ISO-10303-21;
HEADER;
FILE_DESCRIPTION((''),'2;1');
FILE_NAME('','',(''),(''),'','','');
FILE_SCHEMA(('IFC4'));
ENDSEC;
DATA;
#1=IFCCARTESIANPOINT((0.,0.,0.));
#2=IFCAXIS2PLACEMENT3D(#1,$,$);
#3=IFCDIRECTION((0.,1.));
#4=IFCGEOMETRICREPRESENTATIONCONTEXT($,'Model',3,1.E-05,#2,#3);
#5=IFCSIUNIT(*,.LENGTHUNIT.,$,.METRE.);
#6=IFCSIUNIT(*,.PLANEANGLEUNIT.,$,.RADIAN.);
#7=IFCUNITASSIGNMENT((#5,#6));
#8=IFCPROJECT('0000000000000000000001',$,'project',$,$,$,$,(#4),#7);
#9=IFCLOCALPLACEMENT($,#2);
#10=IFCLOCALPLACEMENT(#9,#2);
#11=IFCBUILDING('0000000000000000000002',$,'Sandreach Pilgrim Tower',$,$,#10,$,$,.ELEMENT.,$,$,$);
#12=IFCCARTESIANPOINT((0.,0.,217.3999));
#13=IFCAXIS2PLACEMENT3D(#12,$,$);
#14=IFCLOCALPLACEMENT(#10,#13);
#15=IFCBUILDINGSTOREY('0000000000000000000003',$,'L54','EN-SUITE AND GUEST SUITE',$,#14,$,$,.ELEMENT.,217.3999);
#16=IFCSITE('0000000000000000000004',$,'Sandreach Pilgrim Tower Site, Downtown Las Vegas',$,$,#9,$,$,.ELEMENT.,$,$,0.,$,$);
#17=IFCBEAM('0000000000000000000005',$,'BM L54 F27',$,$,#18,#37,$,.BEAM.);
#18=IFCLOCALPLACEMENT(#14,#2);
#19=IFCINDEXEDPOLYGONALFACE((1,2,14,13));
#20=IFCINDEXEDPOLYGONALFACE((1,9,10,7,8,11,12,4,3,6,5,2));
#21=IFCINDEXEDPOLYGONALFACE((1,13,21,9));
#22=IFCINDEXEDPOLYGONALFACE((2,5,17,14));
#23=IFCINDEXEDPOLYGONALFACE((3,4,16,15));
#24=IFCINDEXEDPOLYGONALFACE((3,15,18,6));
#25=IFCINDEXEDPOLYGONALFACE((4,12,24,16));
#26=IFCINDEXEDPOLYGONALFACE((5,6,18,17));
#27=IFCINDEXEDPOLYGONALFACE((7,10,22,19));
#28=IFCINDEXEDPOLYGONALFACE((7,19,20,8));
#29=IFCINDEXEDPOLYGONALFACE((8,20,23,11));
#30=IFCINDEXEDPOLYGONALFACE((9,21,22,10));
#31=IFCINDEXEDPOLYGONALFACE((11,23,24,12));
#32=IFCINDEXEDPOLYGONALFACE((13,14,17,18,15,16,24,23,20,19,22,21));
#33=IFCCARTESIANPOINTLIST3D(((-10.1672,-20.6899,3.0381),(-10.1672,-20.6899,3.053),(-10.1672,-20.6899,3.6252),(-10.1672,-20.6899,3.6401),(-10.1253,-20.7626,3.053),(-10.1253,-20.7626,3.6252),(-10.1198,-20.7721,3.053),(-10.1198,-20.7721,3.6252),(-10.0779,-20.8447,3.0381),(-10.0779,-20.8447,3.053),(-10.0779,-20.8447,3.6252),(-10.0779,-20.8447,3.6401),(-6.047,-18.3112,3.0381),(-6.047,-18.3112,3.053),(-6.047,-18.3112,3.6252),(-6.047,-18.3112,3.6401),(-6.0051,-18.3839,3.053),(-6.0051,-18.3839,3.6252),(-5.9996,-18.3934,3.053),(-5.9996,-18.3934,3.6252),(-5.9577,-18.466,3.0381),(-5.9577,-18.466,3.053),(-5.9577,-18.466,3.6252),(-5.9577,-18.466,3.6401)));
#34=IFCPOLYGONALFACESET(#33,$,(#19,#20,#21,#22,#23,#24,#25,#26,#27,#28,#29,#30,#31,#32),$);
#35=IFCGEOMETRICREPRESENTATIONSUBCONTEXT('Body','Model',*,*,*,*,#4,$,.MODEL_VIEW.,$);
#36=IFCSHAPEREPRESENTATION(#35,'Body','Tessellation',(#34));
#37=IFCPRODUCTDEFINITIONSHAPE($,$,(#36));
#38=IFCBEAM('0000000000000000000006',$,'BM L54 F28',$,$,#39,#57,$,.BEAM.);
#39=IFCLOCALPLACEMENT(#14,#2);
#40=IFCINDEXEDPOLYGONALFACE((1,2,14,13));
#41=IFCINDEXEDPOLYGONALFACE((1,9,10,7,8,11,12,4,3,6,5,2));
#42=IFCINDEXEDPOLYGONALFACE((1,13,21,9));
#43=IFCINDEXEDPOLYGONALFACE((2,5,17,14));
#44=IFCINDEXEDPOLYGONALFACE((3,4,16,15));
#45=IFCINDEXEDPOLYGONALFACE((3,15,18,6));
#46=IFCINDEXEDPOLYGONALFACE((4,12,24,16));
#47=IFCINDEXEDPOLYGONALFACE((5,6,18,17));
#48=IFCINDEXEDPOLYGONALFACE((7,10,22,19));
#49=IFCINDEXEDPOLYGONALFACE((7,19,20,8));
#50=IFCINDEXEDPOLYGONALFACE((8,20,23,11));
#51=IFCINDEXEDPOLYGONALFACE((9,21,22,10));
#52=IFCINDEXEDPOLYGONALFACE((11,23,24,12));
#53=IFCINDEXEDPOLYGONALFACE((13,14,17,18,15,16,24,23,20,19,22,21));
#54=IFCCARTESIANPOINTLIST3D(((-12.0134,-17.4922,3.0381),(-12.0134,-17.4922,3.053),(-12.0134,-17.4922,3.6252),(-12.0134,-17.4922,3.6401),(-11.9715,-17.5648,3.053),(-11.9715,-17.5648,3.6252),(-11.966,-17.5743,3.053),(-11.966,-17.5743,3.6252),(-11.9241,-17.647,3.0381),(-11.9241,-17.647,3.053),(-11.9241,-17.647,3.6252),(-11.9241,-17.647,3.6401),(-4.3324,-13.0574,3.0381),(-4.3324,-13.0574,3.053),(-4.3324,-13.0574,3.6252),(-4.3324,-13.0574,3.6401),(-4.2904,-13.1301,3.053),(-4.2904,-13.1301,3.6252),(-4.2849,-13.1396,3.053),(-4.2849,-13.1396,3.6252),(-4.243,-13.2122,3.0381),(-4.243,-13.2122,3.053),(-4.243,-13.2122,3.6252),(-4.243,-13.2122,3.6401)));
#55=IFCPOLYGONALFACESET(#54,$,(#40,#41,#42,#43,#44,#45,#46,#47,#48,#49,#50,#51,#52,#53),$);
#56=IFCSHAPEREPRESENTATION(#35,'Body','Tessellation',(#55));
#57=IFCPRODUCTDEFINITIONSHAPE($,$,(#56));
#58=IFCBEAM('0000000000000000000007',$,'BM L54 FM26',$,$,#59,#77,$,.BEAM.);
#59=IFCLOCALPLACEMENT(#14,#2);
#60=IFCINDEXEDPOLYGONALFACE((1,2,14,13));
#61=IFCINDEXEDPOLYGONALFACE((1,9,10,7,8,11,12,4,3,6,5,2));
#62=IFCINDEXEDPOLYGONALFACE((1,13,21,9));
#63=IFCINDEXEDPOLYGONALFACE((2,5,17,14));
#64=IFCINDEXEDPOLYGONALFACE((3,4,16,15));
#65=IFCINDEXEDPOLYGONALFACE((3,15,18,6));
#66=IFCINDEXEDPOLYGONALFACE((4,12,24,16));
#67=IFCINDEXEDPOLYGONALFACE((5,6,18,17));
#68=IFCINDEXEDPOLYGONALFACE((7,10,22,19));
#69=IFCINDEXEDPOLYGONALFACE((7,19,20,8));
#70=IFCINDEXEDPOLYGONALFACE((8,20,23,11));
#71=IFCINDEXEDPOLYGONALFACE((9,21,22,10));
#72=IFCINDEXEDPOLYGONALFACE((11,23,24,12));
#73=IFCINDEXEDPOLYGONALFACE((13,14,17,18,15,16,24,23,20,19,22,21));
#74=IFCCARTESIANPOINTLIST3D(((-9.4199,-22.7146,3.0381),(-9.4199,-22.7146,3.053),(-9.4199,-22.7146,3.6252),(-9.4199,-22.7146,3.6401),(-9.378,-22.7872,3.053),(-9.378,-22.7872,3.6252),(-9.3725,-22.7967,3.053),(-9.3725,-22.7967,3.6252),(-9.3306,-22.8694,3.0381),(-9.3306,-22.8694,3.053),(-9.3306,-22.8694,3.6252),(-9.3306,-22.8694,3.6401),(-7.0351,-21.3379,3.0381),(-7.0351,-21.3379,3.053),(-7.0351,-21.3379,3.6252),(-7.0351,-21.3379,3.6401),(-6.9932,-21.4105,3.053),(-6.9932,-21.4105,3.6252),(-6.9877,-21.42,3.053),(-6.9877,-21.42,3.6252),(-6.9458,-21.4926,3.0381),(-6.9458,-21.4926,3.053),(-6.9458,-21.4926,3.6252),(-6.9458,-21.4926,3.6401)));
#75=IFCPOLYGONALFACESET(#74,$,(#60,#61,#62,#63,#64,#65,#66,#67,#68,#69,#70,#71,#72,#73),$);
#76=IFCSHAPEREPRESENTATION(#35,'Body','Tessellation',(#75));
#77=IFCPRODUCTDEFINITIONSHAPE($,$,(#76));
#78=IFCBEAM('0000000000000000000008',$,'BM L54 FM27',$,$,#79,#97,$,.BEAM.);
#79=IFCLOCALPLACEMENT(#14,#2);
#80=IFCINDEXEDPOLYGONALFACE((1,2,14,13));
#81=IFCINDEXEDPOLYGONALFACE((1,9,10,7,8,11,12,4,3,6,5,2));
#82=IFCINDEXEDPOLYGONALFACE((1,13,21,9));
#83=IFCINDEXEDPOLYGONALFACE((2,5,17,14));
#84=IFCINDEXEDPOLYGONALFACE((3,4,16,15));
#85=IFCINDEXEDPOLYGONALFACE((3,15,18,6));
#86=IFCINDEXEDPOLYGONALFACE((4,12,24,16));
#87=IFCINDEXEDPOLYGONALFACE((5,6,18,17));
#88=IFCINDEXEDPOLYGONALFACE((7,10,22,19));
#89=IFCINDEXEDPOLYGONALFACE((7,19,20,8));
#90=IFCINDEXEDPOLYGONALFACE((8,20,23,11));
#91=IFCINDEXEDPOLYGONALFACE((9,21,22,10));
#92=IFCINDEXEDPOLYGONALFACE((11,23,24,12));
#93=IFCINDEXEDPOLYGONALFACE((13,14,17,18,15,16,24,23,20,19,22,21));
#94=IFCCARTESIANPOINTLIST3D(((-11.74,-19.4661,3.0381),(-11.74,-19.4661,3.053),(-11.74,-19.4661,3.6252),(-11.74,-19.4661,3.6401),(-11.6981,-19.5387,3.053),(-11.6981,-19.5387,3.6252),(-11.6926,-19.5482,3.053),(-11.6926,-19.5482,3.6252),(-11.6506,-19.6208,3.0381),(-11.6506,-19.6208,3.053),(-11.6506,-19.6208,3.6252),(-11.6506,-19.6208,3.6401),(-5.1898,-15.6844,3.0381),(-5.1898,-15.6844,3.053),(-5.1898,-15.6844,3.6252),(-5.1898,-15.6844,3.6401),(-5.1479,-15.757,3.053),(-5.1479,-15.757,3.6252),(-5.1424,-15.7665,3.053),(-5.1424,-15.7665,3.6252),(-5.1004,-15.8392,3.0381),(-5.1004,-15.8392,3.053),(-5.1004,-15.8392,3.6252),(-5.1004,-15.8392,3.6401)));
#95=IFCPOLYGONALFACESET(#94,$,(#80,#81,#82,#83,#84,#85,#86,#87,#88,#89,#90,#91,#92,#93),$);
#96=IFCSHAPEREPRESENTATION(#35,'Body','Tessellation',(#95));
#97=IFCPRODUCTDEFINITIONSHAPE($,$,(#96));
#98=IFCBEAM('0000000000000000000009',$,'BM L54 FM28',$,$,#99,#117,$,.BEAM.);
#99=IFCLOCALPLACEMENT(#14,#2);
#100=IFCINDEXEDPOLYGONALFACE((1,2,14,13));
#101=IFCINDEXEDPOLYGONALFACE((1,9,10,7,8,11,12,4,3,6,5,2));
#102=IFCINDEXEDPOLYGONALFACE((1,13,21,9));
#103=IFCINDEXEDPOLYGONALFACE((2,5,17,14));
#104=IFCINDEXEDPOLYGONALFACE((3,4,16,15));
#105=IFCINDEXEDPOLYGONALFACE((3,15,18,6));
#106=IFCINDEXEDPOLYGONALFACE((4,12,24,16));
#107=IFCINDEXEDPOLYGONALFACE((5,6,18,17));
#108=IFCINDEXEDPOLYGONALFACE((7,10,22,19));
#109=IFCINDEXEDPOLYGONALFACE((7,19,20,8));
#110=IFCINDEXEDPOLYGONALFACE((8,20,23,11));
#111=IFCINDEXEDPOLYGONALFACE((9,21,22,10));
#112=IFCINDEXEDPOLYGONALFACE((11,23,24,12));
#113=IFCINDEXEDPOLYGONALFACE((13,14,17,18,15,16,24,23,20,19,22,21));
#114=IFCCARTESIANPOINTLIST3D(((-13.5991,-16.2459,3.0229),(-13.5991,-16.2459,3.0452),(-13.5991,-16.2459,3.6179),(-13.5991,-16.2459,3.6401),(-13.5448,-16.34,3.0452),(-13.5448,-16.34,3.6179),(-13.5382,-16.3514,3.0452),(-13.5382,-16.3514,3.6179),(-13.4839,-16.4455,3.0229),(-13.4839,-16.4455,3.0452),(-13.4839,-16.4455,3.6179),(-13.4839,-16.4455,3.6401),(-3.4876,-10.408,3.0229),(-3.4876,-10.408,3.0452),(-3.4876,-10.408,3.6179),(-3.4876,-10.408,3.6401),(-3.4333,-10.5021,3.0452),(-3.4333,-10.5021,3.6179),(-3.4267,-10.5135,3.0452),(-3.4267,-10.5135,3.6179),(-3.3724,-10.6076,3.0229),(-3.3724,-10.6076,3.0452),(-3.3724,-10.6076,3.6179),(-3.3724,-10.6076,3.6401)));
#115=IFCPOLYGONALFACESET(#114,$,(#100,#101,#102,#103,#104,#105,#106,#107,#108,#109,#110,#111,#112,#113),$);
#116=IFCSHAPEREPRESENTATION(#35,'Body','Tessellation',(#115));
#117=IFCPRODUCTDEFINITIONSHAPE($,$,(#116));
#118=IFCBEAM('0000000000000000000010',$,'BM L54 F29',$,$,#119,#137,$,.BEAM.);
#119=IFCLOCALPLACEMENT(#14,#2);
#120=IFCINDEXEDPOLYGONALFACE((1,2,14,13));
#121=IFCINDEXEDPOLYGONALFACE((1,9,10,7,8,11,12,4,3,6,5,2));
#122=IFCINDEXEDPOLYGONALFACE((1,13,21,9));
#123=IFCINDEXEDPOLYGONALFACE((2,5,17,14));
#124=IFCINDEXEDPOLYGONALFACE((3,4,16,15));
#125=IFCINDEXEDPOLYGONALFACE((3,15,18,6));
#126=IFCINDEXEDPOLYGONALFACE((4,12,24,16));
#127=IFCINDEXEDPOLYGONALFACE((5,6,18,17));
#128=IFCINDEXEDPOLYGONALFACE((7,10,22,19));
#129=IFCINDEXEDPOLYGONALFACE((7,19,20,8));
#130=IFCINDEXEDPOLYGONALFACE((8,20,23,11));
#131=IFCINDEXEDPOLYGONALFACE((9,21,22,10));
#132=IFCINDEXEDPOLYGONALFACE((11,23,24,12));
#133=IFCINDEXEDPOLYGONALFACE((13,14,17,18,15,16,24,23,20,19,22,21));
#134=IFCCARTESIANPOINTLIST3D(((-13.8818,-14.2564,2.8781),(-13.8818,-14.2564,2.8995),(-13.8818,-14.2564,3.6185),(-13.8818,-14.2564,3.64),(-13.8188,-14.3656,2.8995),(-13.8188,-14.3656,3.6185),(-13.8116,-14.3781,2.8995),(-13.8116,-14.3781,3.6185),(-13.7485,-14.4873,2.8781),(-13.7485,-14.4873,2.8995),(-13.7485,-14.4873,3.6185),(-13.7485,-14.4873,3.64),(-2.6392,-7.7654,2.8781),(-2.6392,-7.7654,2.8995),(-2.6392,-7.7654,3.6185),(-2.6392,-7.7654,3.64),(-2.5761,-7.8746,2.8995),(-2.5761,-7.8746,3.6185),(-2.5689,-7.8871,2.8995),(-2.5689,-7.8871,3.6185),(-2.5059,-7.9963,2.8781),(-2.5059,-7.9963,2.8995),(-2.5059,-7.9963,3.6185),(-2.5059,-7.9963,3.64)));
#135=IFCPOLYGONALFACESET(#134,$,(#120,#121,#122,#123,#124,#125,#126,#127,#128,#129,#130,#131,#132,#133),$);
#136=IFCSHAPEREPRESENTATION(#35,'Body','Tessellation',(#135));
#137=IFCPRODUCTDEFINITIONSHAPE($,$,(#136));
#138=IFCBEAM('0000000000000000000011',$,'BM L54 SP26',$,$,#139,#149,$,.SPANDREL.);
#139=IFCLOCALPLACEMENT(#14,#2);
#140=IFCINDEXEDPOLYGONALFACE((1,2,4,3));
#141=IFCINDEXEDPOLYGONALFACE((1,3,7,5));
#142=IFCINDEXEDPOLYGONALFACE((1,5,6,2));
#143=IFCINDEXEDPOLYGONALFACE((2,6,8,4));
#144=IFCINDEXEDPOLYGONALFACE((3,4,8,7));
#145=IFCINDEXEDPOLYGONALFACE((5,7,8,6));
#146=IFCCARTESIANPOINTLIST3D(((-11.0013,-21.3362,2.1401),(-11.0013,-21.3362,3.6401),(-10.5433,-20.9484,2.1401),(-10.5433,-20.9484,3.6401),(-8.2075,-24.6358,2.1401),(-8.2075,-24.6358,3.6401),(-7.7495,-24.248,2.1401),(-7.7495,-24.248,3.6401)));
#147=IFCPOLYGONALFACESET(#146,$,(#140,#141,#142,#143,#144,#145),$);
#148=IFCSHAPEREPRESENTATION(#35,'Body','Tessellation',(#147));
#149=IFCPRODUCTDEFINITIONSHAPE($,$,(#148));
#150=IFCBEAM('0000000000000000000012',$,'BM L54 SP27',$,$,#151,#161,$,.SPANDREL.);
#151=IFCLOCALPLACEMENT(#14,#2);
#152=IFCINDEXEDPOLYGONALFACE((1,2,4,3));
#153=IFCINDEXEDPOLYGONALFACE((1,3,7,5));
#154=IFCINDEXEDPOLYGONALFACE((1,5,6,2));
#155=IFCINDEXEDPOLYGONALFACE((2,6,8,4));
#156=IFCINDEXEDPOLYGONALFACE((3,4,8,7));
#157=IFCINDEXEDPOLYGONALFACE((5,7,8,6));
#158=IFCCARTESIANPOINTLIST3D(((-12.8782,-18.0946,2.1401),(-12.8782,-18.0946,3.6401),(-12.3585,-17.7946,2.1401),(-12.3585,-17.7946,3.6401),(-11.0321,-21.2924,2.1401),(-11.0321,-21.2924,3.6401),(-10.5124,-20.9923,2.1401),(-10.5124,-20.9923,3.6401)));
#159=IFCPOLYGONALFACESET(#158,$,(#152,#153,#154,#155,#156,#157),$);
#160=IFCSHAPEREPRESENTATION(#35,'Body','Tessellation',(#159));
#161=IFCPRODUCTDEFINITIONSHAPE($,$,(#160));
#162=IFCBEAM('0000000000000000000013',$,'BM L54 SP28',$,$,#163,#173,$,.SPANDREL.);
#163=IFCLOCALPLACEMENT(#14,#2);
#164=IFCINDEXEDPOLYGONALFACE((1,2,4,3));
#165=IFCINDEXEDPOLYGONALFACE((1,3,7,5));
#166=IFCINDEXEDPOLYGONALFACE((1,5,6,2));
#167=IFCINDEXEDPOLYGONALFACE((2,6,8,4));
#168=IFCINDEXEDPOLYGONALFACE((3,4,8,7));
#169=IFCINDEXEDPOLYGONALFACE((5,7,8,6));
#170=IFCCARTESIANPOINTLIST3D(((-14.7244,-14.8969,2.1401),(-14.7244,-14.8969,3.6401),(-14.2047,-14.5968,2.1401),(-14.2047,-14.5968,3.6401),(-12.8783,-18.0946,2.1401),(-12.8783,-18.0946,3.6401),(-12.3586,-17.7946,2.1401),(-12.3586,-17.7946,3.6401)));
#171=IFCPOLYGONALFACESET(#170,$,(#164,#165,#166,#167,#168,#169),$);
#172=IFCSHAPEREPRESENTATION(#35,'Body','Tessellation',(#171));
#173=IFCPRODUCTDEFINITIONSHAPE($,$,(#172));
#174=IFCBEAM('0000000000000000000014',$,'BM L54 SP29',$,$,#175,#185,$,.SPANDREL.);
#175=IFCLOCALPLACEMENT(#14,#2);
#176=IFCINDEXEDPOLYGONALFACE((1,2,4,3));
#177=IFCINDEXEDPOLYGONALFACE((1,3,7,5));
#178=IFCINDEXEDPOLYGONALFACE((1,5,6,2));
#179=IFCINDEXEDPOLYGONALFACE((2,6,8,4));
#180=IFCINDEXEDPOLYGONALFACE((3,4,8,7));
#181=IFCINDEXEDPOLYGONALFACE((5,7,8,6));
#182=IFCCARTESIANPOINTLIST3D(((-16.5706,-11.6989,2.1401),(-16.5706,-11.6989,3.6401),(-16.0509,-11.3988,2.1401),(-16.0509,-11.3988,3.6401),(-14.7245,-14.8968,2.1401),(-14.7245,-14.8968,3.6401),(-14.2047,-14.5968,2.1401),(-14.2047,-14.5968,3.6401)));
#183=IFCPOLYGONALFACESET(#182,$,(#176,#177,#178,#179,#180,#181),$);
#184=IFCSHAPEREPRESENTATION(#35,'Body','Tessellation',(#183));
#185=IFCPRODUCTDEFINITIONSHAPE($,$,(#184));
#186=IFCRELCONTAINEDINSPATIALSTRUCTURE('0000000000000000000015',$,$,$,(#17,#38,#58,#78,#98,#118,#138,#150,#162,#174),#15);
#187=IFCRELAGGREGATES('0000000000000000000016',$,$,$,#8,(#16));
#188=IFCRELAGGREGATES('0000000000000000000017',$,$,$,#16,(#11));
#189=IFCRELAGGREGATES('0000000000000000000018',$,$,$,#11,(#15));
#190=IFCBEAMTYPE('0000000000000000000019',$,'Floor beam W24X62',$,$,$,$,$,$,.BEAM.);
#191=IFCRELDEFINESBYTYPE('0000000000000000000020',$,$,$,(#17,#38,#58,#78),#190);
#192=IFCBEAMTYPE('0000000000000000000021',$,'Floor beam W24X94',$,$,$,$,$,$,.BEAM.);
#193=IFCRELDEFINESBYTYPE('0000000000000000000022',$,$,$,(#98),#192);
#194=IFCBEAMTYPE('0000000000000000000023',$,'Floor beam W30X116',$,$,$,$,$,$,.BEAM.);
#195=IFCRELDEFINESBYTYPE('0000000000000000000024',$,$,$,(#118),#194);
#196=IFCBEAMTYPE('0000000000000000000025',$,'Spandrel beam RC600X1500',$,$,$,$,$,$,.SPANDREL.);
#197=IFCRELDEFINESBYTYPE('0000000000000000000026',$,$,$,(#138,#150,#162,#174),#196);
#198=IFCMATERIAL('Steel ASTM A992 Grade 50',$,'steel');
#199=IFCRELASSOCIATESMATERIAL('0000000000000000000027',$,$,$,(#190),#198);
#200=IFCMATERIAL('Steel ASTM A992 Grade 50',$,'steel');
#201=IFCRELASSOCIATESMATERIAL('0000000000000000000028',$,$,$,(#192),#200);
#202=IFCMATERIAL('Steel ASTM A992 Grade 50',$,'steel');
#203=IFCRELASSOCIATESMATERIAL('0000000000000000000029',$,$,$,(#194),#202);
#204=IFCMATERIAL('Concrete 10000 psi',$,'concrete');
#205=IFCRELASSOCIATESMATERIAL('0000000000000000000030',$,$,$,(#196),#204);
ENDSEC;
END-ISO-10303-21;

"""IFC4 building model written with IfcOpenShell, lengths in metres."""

from ifc_helpers import new_model, si_unit, direction, frame, origin, origin_2d, place, context, subcontext, project, spatial, rectangle, i_section, extrude, material, material_profile, profile_set, type_object, element, save


model = new_model("IFC4")

# Units and contexts
model_context = context("Model", 3, precision=1e-05, world=origin(), true_north=direction((0.0, 1.0)))
body_context = subcontext(model_context, "Body", "Model", "MODEL_VIEW")
ifc_project = project(units=[si_unit("LENGTHUNIT", "METRE"), si_unit("PLANEANGLEUNIT", "RADIAN")], contexts=[model_context])

# Site, building, storey
site_placement = place(None, origin())
site = spatial("IfcSite", under=ifc_project, at=site_placement, Name="Sandreach Pilgrim Tower Site, Downtown Las Vegas", CompositionType="ELEMENT", RefElevation=0.0)
building_placement = place(site_placement, origin())
building = spatial("IfcBuilding", under=site, at=building_placement, Name="Sandreach Pilgrim Tower", CompositionType="ELEMENT")
storey_placement = place(building_placement, frame((0.0, 0.0, 217.3999)))
storey = spatial("IfcBuildingStorey", under=building, at=storey_placement, Name="L54", Description="EN-SUITE AND GUEST SUITE", CompositionType="ELEMENT", Elevation=217.3999)

# Beams
ifc_material_1 = material(Name="Steel ASTM A992 Grade 50", Category="steel")
ifc_material_profile_1 = material_profile(ifc_material_1, i_section(OverallWidth=0.1787, OverallDepth=0.6021, WebThickness=0.011, FlangeThickness=0.0149, at=origin_2d()), Name="W24X62")
ifc_profile_set_1 = profile_set([ifc_material_profile_1], Name="Steel ASTM A992 Grade 50")
beam_type_1 = type_object("IfcBeamType", Name="Floor beam W24X62", PredefinedType="BEAM", material=ifc_profile_set_1)
beam_1_placement = place(storey_placement, frame((-10.1226, -20.7673, 3.3391), z_axis=(0.866033, 0.499986, 0.0), x_axis=(-0.499986, 0.866033, 0.0)))
element("IfcBeam", 1, at=beam_1_placement, inside=storey, type_object=beam_type_1, Name="BM L54 F27", PredefinedType="BEAM", context=body_context, shape_type="SweptSolid", body=[
    extrude(i_section(OverallWidth=0.1787, OverallDepth=0.6021, WebThickness=0.011, FlangeThickness=0.0149, at=origin_2d()), origin(), (0.0, 0.0, 1.0), 4.7576),
])
beam_2_placement = place(storey_placement, frame((-11.9688, -17.5696, 3.3391), z_axis=(0.866021, 0.500008, 0.0), x_axis=(-0.500008, 0.866021, 0.0)))
element("IfcBeam", 2, at=beam_2_placement, inside=storey, type_object=beam_type_1, Name="BM L54 F28", PredefinedType="BEAM", context=body_context, shape_type="SweptSolid", body=[
    extrude(i_section(OverallWidth=0.1787, OverallDepth=0.6021, WebThickness=0.011, FlangeThickness=0.0149, at=origin_2d()), origin(), (0.0, 0.0, 1.0), 8.8694),
])
beam_3_placement = place(storey_placement, frame((-9.3752, -22.792, 3.3391), z_axis=(0.866047, 0.499963, 0.0), x_axis=(-0.499963, 0.866047, 0.0)))
element("IfcBeam", 3, at=beam_3_placement, inside=storey, type_object=beam_type_1, Name="BM L54 FM26", PredefinedType="BEAM", context=body_context, shape_type="SweptSolid", body=[
    extrude(i_section(OverallWidth=0.1787, OverallDepth=0.6021, WebThickness=0.011, FlangeThickness=0.0149, at=origin_2d()), origin(), (0.0, 0.0, 1.0), 2.7537),
])
beam_4_placement = place(storey_placement, frame((-11.6953, -19.5435, 3.3391), z_axis=(0.86603, 0.499993, 0.0), x_axis=(-0.499993, 0.86603, 0.0)))
element("IfcBeam", 4, at=beam_4_placement, inside=storey, type_object=beam_type_1, Name="BM L54 FM27", PredefinedType="BEAM", context=body_context, shape_type="SweptSolid", body=[
    extrude(i_section(OverallWidth=0.1787, OverallDepth=0.6021, WebThickness=0.011, FlangeThickness=0.0149, at=origin_2d()), origin(), (0.0, 0.0, 1.0), 7.5635),
])
ifc_material_2 = material(Name="Steel ASTM A992 Grade 50", Category="steel")
ifc_material_profile_2 = material_profile(ifc_material_2, i_section(OverallWidth=0.2305, OverallDepth=0.6172, WebThickness=0.0132, FlangeThickness=0.0222, at=origin_2d()), Name="W24X94")
ifc_profile_set_2 = profile_set([ifc_material_profile_2], Name="Steel ASTM A992 Grade 50")
beam_type_2 = type_object("IfcBeamType", Name="Floor beam W24X94", PredefinedType="BEAM", material=ifc_profile_set_2)
beam_5_placement = place(storey_placement, frame((-13.5415, -16.3457, 3.3315), z_axis=(0.866026, 0.499998, 0.0), x_axis=(-0.499998, 0.866026, 0.0)))
element("IfcBeam", 5, at=beam_5_placement, inside=storey, type_object=beam_type_2, Name="BM L54 FM28", PredefinedType="BEAM", context=body_context, shape_type="SweptSolid", body=[
    extrude(i_section(OverallWidth=0.2305, OverallDepth=0.6172, WebThickness=0.0132, FlangeThickness=0.0222, at=origin_2d()), origin(), (0.0, 0.0, 1.0), 11.6758),
])
ifc_material_3 = material(Name="Steel ASTM A992 Grade 50", Category="steel")
ifc_material_profile_3 = material_profile(ifc_material_3, i_section(OverallWidth=0.2666, OverallDepth=0.762, WebThickness=0.0144, FlangeThickness=0.0215, at=origin_2d()), Name="W30X116")
ifc_profile_set_3 = profile_set([ifc_material_profile_3], Name="Steel ASTM A992 Grade 50")
beam_type_3 = type_object("IfcBeamType", Name="Floor beam W30X116", PredefinedType="BEAM", material=ifc_profile_set_3)
beam_6_placement = place(storey_placement, frame((-13.8152, -14.3718, 3.259), z_axis=(0.866025, 0.5, 0.0), x_axis=(-0.5, 0.866025, 0.0)))
element("IfcBeam", 6, at=beam_6_placement, inside=storey, type_object=beam_type_3, Name="BM L54 F29", PredefinedType="BEAM", context=body_context, shape_type="SweptSolid", body=[
    extrude(i_section(OverallWidth=0.2666, OverallDepth=0.762, WebThickness=0.0144, FlangeThickness=0.0215, at=origin_2d()), origin(), (0.0, 0.0, 1.0), 12.9819),
])
ifc_material_4 = material(Name="Concrete 10000 psi", Category="concrete")
ifc_material_profile_4 = material_profile(ifc_material_4, rectangle(XDim=0.6001, YDim=1.5, at=origin_2d()), Name="RC600X1500")
ifc_profile_set_4 = profile_set([ifc_material_profile_4], Name="Concrete 10000 psi")
beam_type_4 = type_object("IfcBeamType", Name="Spandrel beam RC600X1500", PredefinedType="SPANDREL", material=ifc_profile_set_4)
beam_7_placement = place(storey_placement, frame((-7.9785, -24.4419, 2.8901), z_axis=(-0.64618, 0.763185, 0.0), x_axis=(-0.763185, -0.64618, 0.0)))
element("IfcBeam", 7, at=beam_7_placement, inside=storey, type_object=beam_type_4, Name="BM L54 SP26", PredefinedType="SPANDREL", context=body_context, shape_type="SweptSolid", body=[
    extrude(rectangle(XDim=0.6001, YDim=1.5, at=origin_2d()), origin(), (0.0, 0.0, 1.0), 4.3235),
])
for number, where, z_axis, x_axis, name in (
    (8, (-10.7722, -21.1423, 2.8901), (-0.499993, 0.866029, 0.0), (-0.866029, -0.499993, 0.0), "BM L54 SP27"),
    (9, (-12.6184, -17.9446, 2.8901), (-0.499993, 0.866029, 0.0), (-0.866029, -0.499993, 0.0), "BM L54 SP28"),
):
    element("IfcBeam", number, at=place(storey_placement, frame(where, z_axis=z_axis, x_axis=x_axis)), inside=storey, type_object=beam_type_4, Name=name, PredefinedType="SPANDREL", context=body_context, shape_type="SweptSolid", body=[
        extrude(rectangle(XDim=0.6001, YDim=1.5, at=origin_2d()), origin(), (0.0, 0.0, 1.0), 3.6924),
    ])
beam_8_placement = place(storey_placement, frame((-14.4646, -14.7468, 2.8901), z_axis=(-0.499965, 0.866046, 0.0), x_axis=(-0.866046, -0.499965, 0.0)))
element("IfcBeam", 10, at=beam_8_placement, inside=storey, type_object=beam_type_4, Name="BM L54 SP29", PredefinedType="SPANDREL", context=body_context, shape_type="SweptSolid", body=[
    extrude(rectangle(XDim=0.6001, YDim=1.5, at=origin_2d()), origin(), (0.0, 0.0, 1.0), 3.6926),
])

save(model, "model.ifc")
